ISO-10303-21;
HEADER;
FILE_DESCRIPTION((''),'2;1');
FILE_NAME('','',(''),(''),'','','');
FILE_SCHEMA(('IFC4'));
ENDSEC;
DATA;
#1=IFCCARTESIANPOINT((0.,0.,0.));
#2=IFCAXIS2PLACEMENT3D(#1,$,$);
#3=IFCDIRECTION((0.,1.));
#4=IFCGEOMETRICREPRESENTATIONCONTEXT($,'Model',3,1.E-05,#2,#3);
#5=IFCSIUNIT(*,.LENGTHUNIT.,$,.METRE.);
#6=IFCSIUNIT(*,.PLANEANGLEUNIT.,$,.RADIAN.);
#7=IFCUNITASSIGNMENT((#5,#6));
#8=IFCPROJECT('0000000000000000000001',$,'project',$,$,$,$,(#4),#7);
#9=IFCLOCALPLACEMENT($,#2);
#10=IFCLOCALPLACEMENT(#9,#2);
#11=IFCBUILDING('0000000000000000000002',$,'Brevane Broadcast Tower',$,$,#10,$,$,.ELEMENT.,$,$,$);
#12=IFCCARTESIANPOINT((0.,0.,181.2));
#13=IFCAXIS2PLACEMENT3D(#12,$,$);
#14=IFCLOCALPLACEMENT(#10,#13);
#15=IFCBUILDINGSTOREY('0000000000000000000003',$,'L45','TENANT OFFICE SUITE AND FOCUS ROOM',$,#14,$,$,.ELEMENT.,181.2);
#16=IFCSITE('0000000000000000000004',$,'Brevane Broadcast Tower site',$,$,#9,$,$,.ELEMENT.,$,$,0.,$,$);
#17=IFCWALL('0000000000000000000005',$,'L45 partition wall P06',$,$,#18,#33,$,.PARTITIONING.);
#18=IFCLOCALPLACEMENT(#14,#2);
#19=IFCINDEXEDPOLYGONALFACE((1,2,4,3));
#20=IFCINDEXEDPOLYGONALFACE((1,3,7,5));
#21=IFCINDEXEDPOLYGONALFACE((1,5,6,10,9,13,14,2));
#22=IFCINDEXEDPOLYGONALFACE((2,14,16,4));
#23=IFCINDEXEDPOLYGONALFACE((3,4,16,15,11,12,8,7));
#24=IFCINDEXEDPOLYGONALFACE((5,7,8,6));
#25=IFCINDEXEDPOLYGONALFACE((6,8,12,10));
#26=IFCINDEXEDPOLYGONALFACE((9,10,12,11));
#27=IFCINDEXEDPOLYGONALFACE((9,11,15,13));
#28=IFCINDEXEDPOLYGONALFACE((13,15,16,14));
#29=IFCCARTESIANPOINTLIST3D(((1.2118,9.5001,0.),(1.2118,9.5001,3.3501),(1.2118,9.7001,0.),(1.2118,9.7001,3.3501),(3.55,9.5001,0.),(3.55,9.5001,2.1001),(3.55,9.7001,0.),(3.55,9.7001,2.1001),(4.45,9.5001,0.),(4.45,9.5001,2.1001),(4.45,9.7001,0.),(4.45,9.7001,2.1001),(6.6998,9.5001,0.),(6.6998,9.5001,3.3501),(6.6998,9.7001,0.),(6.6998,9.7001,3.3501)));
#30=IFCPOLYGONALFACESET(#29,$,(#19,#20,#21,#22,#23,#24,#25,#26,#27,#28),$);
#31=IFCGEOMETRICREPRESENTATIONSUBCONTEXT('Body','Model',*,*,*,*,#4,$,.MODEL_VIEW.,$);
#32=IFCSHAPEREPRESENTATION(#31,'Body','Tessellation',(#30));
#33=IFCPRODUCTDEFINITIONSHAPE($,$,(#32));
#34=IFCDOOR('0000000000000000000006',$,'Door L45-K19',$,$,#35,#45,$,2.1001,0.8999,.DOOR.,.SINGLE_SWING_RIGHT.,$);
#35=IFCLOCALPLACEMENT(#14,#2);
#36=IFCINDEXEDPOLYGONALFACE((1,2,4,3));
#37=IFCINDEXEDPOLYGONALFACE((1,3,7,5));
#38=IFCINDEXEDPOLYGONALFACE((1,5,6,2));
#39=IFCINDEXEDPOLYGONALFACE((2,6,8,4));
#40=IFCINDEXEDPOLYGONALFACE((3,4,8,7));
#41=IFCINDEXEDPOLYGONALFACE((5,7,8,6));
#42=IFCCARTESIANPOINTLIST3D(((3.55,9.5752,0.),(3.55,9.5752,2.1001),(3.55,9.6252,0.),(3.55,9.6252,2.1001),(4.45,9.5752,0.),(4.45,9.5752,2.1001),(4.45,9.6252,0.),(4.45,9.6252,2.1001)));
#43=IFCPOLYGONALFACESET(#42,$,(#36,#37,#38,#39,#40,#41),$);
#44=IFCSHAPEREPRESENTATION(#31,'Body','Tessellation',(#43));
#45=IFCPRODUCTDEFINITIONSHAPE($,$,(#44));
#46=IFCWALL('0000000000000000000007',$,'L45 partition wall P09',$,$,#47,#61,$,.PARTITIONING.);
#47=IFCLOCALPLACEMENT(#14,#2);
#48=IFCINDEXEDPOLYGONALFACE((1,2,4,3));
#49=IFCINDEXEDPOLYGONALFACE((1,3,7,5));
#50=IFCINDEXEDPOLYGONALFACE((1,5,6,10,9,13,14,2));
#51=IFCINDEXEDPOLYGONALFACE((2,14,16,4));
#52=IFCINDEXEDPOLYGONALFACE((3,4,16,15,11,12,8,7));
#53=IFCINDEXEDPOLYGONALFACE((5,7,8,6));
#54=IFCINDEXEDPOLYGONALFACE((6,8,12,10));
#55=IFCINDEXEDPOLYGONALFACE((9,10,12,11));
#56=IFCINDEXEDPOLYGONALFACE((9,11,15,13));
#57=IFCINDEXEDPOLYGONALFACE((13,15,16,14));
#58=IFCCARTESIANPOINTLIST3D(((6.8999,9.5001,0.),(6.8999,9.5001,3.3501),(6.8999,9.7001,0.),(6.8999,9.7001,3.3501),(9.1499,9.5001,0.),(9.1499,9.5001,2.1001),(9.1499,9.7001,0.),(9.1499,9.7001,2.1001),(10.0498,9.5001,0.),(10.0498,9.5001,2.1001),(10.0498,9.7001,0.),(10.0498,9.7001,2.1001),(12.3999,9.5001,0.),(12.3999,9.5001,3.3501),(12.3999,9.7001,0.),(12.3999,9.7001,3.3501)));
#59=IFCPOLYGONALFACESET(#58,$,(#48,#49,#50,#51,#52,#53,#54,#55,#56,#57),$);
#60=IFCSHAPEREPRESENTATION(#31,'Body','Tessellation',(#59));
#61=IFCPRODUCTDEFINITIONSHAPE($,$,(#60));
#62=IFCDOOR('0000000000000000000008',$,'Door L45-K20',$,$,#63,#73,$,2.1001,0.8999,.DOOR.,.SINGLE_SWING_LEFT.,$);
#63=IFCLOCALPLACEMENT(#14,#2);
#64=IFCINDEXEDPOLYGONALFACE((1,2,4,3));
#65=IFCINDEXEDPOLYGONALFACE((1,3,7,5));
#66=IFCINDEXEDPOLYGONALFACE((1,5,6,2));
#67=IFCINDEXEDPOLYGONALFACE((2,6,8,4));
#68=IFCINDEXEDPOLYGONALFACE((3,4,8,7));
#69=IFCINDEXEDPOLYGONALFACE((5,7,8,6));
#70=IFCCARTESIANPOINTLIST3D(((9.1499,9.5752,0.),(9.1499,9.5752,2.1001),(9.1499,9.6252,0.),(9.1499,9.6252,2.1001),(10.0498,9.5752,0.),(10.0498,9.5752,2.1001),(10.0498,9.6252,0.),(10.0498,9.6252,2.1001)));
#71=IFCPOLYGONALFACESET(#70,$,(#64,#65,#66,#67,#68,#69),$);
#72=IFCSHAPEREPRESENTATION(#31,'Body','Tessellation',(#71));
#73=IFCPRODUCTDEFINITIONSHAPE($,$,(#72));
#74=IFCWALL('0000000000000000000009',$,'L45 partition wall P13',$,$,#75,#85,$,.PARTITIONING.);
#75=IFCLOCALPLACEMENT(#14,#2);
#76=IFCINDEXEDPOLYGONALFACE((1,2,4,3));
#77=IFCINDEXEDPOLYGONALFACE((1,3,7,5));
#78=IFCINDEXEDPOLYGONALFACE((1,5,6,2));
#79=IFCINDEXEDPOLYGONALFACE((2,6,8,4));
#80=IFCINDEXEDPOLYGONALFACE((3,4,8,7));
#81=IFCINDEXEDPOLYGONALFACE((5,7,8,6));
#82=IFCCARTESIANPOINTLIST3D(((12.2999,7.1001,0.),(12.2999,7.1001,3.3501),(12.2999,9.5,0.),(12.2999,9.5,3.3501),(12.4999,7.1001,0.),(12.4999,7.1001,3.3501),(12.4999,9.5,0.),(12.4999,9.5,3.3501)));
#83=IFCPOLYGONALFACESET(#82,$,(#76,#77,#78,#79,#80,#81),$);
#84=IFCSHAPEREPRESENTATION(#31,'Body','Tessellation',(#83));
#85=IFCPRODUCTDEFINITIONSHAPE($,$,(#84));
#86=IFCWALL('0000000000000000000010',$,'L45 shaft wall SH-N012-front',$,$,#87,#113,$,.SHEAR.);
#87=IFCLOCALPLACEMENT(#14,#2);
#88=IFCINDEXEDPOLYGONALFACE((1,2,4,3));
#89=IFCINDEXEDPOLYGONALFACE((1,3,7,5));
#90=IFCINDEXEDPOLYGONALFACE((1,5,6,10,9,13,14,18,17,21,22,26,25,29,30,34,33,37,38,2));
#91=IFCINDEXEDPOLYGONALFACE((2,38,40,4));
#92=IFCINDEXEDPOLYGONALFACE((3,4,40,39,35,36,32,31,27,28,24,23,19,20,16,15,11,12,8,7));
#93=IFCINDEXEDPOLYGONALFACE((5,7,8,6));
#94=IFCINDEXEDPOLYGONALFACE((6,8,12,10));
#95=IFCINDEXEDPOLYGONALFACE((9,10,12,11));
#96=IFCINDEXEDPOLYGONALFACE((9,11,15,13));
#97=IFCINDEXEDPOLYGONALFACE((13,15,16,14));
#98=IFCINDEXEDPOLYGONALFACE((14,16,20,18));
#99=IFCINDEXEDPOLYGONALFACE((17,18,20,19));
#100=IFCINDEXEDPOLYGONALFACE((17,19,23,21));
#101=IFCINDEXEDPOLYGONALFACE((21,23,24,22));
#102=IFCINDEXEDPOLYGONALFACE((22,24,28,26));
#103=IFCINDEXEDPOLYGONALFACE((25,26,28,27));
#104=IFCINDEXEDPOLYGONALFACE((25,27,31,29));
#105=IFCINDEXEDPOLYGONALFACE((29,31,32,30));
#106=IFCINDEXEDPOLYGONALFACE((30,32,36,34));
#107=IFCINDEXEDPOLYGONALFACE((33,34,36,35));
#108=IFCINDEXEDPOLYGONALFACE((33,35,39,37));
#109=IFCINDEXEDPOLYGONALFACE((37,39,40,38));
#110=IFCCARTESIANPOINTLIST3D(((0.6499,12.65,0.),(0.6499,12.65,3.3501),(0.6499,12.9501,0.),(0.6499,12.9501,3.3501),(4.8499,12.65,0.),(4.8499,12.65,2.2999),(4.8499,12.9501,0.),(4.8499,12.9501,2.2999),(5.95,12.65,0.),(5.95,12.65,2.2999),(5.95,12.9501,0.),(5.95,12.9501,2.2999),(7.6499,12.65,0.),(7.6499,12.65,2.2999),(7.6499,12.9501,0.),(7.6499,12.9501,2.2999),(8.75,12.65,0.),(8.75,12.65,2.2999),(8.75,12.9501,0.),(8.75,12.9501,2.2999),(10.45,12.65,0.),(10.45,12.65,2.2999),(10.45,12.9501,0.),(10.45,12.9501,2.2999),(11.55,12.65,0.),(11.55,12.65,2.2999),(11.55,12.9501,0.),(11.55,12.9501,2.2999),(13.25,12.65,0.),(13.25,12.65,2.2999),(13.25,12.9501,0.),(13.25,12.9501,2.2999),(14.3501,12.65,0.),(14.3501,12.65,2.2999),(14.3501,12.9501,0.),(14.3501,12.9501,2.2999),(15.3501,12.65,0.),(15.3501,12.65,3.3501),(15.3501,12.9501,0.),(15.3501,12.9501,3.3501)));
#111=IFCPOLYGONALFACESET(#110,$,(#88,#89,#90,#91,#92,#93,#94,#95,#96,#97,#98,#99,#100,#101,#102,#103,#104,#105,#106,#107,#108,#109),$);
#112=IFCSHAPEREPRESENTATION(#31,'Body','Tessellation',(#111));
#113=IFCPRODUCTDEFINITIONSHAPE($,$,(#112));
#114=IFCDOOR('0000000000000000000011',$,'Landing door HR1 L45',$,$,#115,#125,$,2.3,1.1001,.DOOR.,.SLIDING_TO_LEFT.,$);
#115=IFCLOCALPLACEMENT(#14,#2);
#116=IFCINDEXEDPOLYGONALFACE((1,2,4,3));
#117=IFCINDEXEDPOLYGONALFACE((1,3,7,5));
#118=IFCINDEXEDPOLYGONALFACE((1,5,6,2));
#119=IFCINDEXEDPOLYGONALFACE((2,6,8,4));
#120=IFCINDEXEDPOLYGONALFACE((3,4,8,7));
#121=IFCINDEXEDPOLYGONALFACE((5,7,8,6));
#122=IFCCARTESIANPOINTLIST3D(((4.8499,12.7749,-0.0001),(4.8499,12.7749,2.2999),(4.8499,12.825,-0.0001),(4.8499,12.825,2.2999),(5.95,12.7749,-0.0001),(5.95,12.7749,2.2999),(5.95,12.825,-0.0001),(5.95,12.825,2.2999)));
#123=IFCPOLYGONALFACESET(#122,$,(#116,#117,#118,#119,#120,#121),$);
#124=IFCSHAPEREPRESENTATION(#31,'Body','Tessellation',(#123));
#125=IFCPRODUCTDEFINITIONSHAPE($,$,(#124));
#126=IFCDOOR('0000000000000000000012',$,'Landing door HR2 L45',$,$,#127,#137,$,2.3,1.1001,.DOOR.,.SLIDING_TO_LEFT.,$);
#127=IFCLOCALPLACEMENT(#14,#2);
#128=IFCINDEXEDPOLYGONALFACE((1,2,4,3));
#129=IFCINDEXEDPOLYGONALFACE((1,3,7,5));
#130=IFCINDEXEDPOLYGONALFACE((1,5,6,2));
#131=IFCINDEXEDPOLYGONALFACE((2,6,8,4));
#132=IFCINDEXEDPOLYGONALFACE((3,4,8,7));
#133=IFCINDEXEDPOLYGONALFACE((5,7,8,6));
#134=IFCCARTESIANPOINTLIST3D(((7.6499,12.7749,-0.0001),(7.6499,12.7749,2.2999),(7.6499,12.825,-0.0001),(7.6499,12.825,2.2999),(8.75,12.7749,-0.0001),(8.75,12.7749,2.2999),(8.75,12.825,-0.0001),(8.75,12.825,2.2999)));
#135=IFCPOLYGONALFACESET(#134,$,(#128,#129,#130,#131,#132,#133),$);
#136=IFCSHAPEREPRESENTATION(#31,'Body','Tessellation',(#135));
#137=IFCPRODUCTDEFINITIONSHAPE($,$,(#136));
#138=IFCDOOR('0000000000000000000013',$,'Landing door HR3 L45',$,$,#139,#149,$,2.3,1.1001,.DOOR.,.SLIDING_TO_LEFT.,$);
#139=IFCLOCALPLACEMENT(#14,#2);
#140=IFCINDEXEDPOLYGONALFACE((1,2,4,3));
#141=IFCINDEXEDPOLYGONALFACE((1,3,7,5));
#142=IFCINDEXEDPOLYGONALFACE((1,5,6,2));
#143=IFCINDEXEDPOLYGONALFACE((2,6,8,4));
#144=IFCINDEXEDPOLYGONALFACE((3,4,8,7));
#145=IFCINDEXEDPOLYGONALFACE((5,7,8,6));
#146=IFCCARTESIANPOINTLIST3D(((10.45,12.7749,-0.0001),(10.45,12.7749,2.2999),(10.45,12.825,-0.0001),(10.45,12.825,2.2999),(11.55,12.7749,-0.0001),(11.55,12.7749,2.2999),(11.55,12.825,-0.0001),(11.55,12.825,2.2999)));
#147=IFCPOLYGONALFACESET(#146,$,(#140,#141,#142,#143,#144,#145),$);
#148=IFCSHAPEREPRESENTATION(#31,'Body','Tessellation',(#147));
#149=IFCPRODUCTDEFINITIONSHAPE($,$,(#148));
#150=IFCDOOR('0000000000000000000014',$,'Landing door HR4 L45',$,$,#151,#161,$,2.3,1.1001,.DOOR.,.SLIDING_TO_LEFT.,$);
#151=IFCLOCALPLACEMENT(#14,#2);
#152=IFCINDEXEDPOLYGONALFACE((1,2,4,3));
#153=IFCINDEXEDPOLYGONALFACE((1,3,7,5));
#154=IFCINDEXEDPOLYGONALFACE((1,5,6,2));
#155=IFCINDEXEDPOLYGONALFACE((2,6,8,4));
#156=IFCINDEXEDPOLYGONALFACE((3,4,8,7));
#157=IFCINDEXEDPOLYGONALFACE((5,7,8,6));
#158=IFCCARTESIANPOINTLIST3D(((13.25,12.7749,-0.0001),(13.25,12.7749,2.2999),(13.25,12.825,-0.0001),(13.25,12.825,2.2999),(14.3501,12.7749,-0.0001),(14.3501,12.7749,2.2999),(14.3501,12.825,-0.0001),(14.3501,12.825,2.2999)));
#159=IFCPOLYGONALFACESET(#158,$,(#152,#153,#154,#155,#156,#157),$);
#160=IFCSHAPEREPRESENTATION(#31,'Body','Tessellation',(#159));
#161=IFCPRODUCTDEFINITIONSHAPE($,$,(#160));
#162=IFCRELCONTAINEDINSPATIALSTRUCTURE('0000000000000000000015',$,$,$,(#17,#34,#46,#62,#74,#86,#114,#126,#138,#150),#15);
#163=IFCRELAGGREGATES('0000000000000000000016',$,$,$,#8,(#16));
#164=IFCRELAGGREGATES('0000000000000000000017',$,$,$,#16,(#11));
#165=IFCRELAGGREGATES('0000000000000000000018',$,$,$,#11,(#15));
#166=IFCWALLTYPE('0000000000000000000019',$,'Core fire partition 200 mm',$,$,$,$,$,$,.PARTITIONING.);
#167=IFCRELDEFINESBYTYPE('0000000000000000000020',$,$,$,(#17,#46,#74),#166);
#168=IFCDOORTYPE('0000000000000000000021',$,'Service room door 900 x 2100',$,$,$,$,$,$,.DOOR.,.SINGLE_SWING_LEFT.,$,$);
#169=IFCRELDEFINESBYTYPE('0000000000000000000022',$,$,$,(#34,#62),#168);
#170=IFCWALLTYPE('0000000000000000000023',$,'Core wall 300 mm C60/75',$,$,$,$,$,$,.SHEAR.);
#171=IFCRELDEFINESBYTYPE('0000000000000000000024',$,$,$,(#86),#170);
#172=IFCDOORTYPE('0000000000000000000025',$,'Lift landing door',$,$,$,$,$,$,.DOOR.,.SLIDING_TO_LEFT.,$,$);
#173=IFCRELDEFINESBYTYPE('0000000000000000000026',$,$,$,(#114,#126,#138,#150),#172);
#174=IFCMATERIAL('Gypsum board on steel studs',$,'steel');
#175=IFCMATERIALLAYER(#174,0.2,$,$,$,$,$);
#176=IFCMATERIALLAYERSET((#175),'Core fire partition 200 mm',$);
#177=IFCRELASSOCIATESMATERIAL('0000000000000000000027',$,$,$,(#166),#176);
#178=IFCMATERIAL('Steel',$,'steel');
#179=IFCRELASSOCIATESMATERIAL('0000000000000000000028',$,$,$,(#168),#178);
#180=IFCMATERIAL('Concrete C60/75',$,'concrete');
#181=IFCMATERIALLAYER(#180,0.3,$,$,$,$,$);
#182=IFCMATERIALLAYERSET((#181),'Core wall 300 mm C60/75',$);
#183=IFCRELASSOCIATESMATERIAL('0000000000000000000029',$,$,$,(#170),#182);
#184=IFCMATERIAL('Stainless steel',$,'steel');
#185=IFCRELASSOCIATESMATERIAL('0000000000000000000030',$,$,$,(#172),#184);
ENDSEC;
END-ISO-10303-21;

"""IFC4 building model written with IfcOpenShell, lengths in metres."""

from ifc_helpers import new_model, si_unit, direction, frame, frame_2d, origin, place, context, subcontext, project, spatial, rectangle, extrude, material, layer, layer_set, type_object, element, fill, save


model = new_model("IFC4")

# Units and contexts
model_context = context("Model", 3, precision=1e-05, world=origin(), true_north=direction((0.0, 1.0)))
body_context = subcontext(model_context, "Body", "Model", "MODEL_VIEW")
ifc_project = project(units=[si_unit("LENGTHUNIT", "METRE"), si_unit("PLANEANGLEUNIT", "RADIAN")], contexts=[model_context])

# Site, building, storey
site_placement = place(None, origin())
site = spatial("IfcSite", under=ifc_project, at=site_placement, Name="Brevane Broadcast Tower site", CompositionType="ELEMENT", RefElevation=0.0)
building_placement = place(site_placement, origin())
building = spatial("IfcBuilding", under=site, at=building_placement, Name="Brevane Broadcast Tower", CompositionType="ELEMENT")
storey_placement = place(building_placement, frame((0.0, 0.0, 181.2)))
storey = spatial("IfcBuildingStorey", under=building, at=storey_placement, Name="L45", Description="TENANT OFFICE SUITE AND FOCUS ROOM", CompositionType="ELEMENT", Elevation=181.2)

# Shared definitions
ifc_material_1 = material(Name="Gypsum board on steel studs", Category="steel")
ifc_layer_1 = layer(ifc_material_1, 0.2)
ifc_layer_set_1 = layer_set([ifc_layer_1], Name="Core fire partition 200 mm")
wall_type_1 = type_object("IfcWallType", Name="Core fire partition 200 mm", PredefinedType="PARTITIONING", material=ifc_layer_set_1)

# Walls, openings, doors
wall_1_placement = place(storey_placement, frame((6.7, 9.6001, 0.0), z_axis=(0.0, 0.0, 1.0), x_axis=(-1.0, 0.0, 0.0)))
wall_1 = element("IfcWall", 1, at=wall_1_placement, inside=storey, type_object=wall_type_1, Name="L45 partition wall P06", PredefinedType="PARTITIONING", context=body_context, shape_type="SweptSolid", body=[
    extrude(rectangle(XDim=5.488, YDim=0.2, at=frame_2d((2.7441, 0.0))), origin(), (0.0, 0.0, 1.0), 3.3501),
])
opening_1_placement = place(wall_1_placement, frame((2.25, 0.0, 0.0)))
opening_1 = element("IfcOpeningElement", 2, at=opening_1_placement, cuts=wall_1, PredefinedType="OPENING", context=body_context, shape_type="SweptSolid", body=[
    extrude(rectangle(XDim=0.8999, YDim=2.1001, at=frame_2d((0.45, 1.05))), frame((0.0, 0.1099, 0.0), z_axis=(0.0, -1.0, 0.0), x_axis=(1.0, 0.0, 0.0)), (0.0, 0.0, 1.0), 0.22),
])
ifc_material_2 = material(Name="Steel", Category="steel")
door_type_1 = type_object("IfcDoorType", Name="Service room door 900 x 2100", OperationType="SINGLE_SWING_LEFT", PredefinedType="DOOR", material=ifc_material_2)
door_1_placement = place(opening_1_placement, origin())
door_1 = element("IfcDoor", 3, at=door_1_placement, inside=storey, type_object=door_type_1, Name="Door L45-K19", OperationType="SINGLE_SWING_RIGHT", OverallHeight=2.1001, OverallWidth=0.8999, PredefinedType="DOOR", context=body_context, shape_type="SweptSolid", body=[
    extrude(rectangle(XDim=0.8999, YDim=2.1001, at=frame_2d((0.45, 1.05))), frame((0.0, 0.0249, 0.0), z_axis=(0.0, -1.0, 0.0), x_axis=(1.0, 0.0, 0.0)), (0.0, 0.0, 1.0), 0.05),
])
fill(opening_1, door_1)
wall_2_placement = place(storey_placement, frame((12.3999, 9.6001, 0.0), z_axis=(0.0, 0.0, 1.0), x_axis=(-1.0, 0.0, 0.0)))
wall_2 = element("IfcWall", 4, at=wall_2_placement, inside=storey, type_object=wall_type_1, Name="L45 partition wall P09", PredefinedType="PARTITIONING", context=body_context, shape_type="SweptSolid", body=[
    extrude(rectangle(XDim=5.5, YDim=0.2, at=frame_2d((2.75, 0.0))), origin(), (0.0, 0.0, 1.0), 3.3501),
])
opening_2_placement = place(wall_2_placement, frame((2.3501, 0.0, 0.0)))
opening_2 = element("IfcOpeningElement", 5, at=opening_2_placement, cuts=wall_2, PredefinedType="OPENING", context=body_context, shape_type="SweptSolid", body=[
    extrude(rectangle(XDim=0.8999, YDim=2.1001, at=frame_2d((0.45, 1.05))), frame((0.0, 0.1099, 0.0), z_axis=(0.0, -1.0, 0.0), x_axis=(1.0, 0.0, 0.0)), (0.0, 0.0, 1.0), 0.22),
])
door_2_placement = place(opening_2_placement, origin())
door_2 = element("IfcDoor", 6, at=door_2_placement, inside=storey, type_object=door_type_1, Name="Door L45-K20", OperationType="SINGLE_SWING_LEFT", OverallHeight=2.1001, OverallWidth=0.8999, PredefinedType="DOOR", context=body_context, shape_type="SweptSolid", body=[
    extrude(rectangle(XDim=0.8999, YDim=2.1001, at=frame_2d((0.45, 1.05))), frame((0.0, 0.0249, 0.0), z_axis=(0.0, -1.0, 0.0), x_axis=(1.0, 0.0, 0.0)), (0.0, 0.0, 1.0), 0.05),
])
fill(opening_2, door_2)

# Wall
wall_3_placement = place(storey_placement, frame((12.3999, 9.5, 0.0), z_axis=(0.0, 0.0, 1.0), x_axis=(0.0, -1.0, 0.0)))
element("IfcWall", 7, at=wall_3_placement, inside=storey, type_object=wall_type_1, Name="L45 partition wall P13", PredefinedType="PARTITIONING", context=body_context, shape_type="SweptSolid", body=[
    extrude(rectangle(XDim=2.3999, YDim=0.2, at=frame_2d((1.2, 0.0))), origin(), (0.0, 0.0, 1.0), 3.3501),
])

# Wall, openings, doors
ifc_material_3 = material(Name="Concrete C60/75", Category="concrete")
ifc_layer_2 = layer(ifc_material_3, 0.3)
ifc_layer_set_2 = layer_set([ifc_layer_2], Name="Core wall 300 mm C60/75")
wall_type_2 = type_object("IfcWallType", Name="Core wall 300 mm C60/75", PredefinedType="SHEAR", material=ifc_layer_set_2)
wall_4_placement = place(storey_placement, frame((0.6499, 12.8, 0.0), z_axis=(0.0, 0.0, 1.0), x_axis=(1.0, 0.0, 0.0)))
wall_4 = element("IfcWall", 8, at=wall_4_placement, inside=storey, type_object=wall_type_2, Name="L45 shaft wall SH-N012-front", PredefinedType="SHEAR", context=body_context, shape_type="SweptSolid", body=[
    extrude(rectangle(XDim=14.7002, YDim=0.3, at=frame_2d((7.3501, 0.0))), origin(), (0.0, 0.0, 1.0), 3.3501),
])
opening_3_placement = place(wall_4_placement, frame((4.2, 0.0, 0.0)))
opening_3 = element("IfcOpeningElement", 9, at=opening_3_placement, cuts=wall_4, PredefinedType="OPENING", context=body_context, shape_type="SweptSolid", body=[
    extrude(rectangle(XDim=1.1001, YDim=2.3, at=frame_2d((0.55, 1.1499))), frame((0.0, 0.1599, 0.0), z_axis=(0.0, -1.0, 0.0), x_axis=(1.0, 0.0, 0.0)), (0.0, 0.0, 1.0), 0.3201),
])
opening_4_placement = place(wall_4_placement, frame((7.0, 0.0, 0.0)))
opening_4 = element("IfcOpeningElement", 10, at=opening_4_placement, cuts=wall_4, PredefinedType="OPENING", context=body_context, shape_type="SweptSolid", body=[
    extrude(rectangle(XDim=1.1001, YDim=2.3, at=frame_2d((0.55, 1.1499))), frame((0.0, 0.1599, 0.0), z_axis=(0.0, -1.0, 0.0), x_axis=(1.0, 0.0, 0.0)), (0.0, 0.0, 1.0), 0.3201),
])
opening_5_placement = place(wall_4_placement, frame((9.8, 0.0, 0.0)))
opening_5 = element("IfcOpeningElement", 11, at=opening_5_placement, cuts=wall_4, PredefinedType="OPENING", context=body_context, shape_type="SweptSolid", body=[
    extrude(rectangle(XDim=1.1001, YDim=2.3, at=frame_2d((0.55, 1.1499))), frame((0.0, 0.1599, 0.0), z_axis=(0.0, -1.0, 0.0), x_axis=(1.0, 0.0, 0.0)), (0.0, 0.0, 1.0), 0.3201),
])
opening_6_placement = place(wall_4_placement, frame((12.6001, 0.0, 0.0)))
opening_6 = element("IfcOpeningElement", 12, at=opening_6_placement, cuts=wall_4, PredefinedType="OPENING", context=body_context, shape_type="SweptSolid", body=[
    extrude(rectangle(XDim=1.1001, YDim=2.3, at=frame_2d((0.55, 1.1499))), frame((0.0, 0.1599, 0.0), z_axis=(0.0, -1.0, 0.0), x_axis=(1.0, 0.0, 0.0)), (0.0, 0.0, 1.0), 0.3201),
])
ifc_material_4 = material(Name="Stainless steel", Category="steel")
door_type_2 = type_object("IfcDoorType", Name="Lift landing door", OperationType="SLIDING_TO_LEFT", PredefinedType="DOOR", material=ifc_material_4)
door_3_placement = place(opening_3_placement, origin())
door_3 = element("IfcDoor", 13, at=door_3_placement, inside=storey, type_object=door_type_2, Name="Landing door HR1 L45", OperationType="SLIDING_TO_LEFT", OverallHeight=2.3, OverallWidth=1.1001, PredefinedType="DOOR", context=body_context, shape_type="SweptSolid", body=[
    extrude(rectangle(XDim=1.1001, YDim=2.3, at=frame_2d((0.55, 1.1499))), frame((0.0, 0.0249, 0.0), z_axis=(0.0, -1.0, 0.0), x_axis=(1.0, 0.0, 0.0)), (0.0, 0.0, 1.0), 0.05),
])
fill(opening_3, door_3)
door_4_placement = place(opening_4_placement, origin())
door_4 = element("IfcDoor", 14, at=door_4_placement, inside=storey, type_object=door_type_2, Name="Landing door HR2 L45", OperationType="SLIDING_TO_LEFT", OverallHeight=2.3, OverallWidth=1.1001, PredefinedType="DOOR", context=body_context, shape_type="SweptSolid", body=[
    extrude(rectangle(XDim=1.1001, YDim=2.3, at=frame_2d((0.55, 1.1499))), frame((0.0, 0.0249, 0.0), z_axis=(0.0, -1.0, 0.0), x_axis=(1.0, 0.0, 0.0)), (0.0, 0.0, 1.0), 0.05),
])
fill(opening_4, door_4)
door_5_placement = place(opening_5_placement, origin())
door_5 = element("IfcDoor", 15, at=door_5_placement, inside=storey, type_object=door_type_2, Name="Landing door HR3 L45", OperationType="SLIDING_TO_LEFT", OverallHeight=2.3, OverallWidth=1.1001, PredefinedType="DOOR", context=body_context, shape_type="SweptSolid", body=[
    extrude(rectangle(XDim=1.1001, YDim=2.3, at=frame_2d((0.55, 1.1499))), frame((0.0, 0.0249, 0.0), z_axis=(0.0, -1.0, 0.0), x_axis=(1.0, 0.0, 0.0)), (0.0, 0.0, 1.0), 0.05),
])
fill(opening_5, door_5)
door_6_placement = place(opening_6_placement, origin())
door_6 = element("IfcDoor", 16, at=door_6_placement, inside=storey, type_object=door_type_2, Name="Landing door HR4 L45", OperationType="SLIDING_TO_LEFT", OverallHeight=2.3, OverallWidth=1.1001, PredefinedType="DOOR", context=body_context, shape_type="SweptSolid", body=[
    extrude(rectangle(XDim=1.1001, YDim=2.3, at=frame_2d((0.55, 1.1499))), frame((0.0, 0.0249, 0.0), z_axis=(0.0, -1.0, 0.0), x_axis=(1.0, 0.0, 0.0)), (0.0, 0.0, 1.0), 0.05),
])
fill(opening_6, door_6)

save(model, "model.ifc")
